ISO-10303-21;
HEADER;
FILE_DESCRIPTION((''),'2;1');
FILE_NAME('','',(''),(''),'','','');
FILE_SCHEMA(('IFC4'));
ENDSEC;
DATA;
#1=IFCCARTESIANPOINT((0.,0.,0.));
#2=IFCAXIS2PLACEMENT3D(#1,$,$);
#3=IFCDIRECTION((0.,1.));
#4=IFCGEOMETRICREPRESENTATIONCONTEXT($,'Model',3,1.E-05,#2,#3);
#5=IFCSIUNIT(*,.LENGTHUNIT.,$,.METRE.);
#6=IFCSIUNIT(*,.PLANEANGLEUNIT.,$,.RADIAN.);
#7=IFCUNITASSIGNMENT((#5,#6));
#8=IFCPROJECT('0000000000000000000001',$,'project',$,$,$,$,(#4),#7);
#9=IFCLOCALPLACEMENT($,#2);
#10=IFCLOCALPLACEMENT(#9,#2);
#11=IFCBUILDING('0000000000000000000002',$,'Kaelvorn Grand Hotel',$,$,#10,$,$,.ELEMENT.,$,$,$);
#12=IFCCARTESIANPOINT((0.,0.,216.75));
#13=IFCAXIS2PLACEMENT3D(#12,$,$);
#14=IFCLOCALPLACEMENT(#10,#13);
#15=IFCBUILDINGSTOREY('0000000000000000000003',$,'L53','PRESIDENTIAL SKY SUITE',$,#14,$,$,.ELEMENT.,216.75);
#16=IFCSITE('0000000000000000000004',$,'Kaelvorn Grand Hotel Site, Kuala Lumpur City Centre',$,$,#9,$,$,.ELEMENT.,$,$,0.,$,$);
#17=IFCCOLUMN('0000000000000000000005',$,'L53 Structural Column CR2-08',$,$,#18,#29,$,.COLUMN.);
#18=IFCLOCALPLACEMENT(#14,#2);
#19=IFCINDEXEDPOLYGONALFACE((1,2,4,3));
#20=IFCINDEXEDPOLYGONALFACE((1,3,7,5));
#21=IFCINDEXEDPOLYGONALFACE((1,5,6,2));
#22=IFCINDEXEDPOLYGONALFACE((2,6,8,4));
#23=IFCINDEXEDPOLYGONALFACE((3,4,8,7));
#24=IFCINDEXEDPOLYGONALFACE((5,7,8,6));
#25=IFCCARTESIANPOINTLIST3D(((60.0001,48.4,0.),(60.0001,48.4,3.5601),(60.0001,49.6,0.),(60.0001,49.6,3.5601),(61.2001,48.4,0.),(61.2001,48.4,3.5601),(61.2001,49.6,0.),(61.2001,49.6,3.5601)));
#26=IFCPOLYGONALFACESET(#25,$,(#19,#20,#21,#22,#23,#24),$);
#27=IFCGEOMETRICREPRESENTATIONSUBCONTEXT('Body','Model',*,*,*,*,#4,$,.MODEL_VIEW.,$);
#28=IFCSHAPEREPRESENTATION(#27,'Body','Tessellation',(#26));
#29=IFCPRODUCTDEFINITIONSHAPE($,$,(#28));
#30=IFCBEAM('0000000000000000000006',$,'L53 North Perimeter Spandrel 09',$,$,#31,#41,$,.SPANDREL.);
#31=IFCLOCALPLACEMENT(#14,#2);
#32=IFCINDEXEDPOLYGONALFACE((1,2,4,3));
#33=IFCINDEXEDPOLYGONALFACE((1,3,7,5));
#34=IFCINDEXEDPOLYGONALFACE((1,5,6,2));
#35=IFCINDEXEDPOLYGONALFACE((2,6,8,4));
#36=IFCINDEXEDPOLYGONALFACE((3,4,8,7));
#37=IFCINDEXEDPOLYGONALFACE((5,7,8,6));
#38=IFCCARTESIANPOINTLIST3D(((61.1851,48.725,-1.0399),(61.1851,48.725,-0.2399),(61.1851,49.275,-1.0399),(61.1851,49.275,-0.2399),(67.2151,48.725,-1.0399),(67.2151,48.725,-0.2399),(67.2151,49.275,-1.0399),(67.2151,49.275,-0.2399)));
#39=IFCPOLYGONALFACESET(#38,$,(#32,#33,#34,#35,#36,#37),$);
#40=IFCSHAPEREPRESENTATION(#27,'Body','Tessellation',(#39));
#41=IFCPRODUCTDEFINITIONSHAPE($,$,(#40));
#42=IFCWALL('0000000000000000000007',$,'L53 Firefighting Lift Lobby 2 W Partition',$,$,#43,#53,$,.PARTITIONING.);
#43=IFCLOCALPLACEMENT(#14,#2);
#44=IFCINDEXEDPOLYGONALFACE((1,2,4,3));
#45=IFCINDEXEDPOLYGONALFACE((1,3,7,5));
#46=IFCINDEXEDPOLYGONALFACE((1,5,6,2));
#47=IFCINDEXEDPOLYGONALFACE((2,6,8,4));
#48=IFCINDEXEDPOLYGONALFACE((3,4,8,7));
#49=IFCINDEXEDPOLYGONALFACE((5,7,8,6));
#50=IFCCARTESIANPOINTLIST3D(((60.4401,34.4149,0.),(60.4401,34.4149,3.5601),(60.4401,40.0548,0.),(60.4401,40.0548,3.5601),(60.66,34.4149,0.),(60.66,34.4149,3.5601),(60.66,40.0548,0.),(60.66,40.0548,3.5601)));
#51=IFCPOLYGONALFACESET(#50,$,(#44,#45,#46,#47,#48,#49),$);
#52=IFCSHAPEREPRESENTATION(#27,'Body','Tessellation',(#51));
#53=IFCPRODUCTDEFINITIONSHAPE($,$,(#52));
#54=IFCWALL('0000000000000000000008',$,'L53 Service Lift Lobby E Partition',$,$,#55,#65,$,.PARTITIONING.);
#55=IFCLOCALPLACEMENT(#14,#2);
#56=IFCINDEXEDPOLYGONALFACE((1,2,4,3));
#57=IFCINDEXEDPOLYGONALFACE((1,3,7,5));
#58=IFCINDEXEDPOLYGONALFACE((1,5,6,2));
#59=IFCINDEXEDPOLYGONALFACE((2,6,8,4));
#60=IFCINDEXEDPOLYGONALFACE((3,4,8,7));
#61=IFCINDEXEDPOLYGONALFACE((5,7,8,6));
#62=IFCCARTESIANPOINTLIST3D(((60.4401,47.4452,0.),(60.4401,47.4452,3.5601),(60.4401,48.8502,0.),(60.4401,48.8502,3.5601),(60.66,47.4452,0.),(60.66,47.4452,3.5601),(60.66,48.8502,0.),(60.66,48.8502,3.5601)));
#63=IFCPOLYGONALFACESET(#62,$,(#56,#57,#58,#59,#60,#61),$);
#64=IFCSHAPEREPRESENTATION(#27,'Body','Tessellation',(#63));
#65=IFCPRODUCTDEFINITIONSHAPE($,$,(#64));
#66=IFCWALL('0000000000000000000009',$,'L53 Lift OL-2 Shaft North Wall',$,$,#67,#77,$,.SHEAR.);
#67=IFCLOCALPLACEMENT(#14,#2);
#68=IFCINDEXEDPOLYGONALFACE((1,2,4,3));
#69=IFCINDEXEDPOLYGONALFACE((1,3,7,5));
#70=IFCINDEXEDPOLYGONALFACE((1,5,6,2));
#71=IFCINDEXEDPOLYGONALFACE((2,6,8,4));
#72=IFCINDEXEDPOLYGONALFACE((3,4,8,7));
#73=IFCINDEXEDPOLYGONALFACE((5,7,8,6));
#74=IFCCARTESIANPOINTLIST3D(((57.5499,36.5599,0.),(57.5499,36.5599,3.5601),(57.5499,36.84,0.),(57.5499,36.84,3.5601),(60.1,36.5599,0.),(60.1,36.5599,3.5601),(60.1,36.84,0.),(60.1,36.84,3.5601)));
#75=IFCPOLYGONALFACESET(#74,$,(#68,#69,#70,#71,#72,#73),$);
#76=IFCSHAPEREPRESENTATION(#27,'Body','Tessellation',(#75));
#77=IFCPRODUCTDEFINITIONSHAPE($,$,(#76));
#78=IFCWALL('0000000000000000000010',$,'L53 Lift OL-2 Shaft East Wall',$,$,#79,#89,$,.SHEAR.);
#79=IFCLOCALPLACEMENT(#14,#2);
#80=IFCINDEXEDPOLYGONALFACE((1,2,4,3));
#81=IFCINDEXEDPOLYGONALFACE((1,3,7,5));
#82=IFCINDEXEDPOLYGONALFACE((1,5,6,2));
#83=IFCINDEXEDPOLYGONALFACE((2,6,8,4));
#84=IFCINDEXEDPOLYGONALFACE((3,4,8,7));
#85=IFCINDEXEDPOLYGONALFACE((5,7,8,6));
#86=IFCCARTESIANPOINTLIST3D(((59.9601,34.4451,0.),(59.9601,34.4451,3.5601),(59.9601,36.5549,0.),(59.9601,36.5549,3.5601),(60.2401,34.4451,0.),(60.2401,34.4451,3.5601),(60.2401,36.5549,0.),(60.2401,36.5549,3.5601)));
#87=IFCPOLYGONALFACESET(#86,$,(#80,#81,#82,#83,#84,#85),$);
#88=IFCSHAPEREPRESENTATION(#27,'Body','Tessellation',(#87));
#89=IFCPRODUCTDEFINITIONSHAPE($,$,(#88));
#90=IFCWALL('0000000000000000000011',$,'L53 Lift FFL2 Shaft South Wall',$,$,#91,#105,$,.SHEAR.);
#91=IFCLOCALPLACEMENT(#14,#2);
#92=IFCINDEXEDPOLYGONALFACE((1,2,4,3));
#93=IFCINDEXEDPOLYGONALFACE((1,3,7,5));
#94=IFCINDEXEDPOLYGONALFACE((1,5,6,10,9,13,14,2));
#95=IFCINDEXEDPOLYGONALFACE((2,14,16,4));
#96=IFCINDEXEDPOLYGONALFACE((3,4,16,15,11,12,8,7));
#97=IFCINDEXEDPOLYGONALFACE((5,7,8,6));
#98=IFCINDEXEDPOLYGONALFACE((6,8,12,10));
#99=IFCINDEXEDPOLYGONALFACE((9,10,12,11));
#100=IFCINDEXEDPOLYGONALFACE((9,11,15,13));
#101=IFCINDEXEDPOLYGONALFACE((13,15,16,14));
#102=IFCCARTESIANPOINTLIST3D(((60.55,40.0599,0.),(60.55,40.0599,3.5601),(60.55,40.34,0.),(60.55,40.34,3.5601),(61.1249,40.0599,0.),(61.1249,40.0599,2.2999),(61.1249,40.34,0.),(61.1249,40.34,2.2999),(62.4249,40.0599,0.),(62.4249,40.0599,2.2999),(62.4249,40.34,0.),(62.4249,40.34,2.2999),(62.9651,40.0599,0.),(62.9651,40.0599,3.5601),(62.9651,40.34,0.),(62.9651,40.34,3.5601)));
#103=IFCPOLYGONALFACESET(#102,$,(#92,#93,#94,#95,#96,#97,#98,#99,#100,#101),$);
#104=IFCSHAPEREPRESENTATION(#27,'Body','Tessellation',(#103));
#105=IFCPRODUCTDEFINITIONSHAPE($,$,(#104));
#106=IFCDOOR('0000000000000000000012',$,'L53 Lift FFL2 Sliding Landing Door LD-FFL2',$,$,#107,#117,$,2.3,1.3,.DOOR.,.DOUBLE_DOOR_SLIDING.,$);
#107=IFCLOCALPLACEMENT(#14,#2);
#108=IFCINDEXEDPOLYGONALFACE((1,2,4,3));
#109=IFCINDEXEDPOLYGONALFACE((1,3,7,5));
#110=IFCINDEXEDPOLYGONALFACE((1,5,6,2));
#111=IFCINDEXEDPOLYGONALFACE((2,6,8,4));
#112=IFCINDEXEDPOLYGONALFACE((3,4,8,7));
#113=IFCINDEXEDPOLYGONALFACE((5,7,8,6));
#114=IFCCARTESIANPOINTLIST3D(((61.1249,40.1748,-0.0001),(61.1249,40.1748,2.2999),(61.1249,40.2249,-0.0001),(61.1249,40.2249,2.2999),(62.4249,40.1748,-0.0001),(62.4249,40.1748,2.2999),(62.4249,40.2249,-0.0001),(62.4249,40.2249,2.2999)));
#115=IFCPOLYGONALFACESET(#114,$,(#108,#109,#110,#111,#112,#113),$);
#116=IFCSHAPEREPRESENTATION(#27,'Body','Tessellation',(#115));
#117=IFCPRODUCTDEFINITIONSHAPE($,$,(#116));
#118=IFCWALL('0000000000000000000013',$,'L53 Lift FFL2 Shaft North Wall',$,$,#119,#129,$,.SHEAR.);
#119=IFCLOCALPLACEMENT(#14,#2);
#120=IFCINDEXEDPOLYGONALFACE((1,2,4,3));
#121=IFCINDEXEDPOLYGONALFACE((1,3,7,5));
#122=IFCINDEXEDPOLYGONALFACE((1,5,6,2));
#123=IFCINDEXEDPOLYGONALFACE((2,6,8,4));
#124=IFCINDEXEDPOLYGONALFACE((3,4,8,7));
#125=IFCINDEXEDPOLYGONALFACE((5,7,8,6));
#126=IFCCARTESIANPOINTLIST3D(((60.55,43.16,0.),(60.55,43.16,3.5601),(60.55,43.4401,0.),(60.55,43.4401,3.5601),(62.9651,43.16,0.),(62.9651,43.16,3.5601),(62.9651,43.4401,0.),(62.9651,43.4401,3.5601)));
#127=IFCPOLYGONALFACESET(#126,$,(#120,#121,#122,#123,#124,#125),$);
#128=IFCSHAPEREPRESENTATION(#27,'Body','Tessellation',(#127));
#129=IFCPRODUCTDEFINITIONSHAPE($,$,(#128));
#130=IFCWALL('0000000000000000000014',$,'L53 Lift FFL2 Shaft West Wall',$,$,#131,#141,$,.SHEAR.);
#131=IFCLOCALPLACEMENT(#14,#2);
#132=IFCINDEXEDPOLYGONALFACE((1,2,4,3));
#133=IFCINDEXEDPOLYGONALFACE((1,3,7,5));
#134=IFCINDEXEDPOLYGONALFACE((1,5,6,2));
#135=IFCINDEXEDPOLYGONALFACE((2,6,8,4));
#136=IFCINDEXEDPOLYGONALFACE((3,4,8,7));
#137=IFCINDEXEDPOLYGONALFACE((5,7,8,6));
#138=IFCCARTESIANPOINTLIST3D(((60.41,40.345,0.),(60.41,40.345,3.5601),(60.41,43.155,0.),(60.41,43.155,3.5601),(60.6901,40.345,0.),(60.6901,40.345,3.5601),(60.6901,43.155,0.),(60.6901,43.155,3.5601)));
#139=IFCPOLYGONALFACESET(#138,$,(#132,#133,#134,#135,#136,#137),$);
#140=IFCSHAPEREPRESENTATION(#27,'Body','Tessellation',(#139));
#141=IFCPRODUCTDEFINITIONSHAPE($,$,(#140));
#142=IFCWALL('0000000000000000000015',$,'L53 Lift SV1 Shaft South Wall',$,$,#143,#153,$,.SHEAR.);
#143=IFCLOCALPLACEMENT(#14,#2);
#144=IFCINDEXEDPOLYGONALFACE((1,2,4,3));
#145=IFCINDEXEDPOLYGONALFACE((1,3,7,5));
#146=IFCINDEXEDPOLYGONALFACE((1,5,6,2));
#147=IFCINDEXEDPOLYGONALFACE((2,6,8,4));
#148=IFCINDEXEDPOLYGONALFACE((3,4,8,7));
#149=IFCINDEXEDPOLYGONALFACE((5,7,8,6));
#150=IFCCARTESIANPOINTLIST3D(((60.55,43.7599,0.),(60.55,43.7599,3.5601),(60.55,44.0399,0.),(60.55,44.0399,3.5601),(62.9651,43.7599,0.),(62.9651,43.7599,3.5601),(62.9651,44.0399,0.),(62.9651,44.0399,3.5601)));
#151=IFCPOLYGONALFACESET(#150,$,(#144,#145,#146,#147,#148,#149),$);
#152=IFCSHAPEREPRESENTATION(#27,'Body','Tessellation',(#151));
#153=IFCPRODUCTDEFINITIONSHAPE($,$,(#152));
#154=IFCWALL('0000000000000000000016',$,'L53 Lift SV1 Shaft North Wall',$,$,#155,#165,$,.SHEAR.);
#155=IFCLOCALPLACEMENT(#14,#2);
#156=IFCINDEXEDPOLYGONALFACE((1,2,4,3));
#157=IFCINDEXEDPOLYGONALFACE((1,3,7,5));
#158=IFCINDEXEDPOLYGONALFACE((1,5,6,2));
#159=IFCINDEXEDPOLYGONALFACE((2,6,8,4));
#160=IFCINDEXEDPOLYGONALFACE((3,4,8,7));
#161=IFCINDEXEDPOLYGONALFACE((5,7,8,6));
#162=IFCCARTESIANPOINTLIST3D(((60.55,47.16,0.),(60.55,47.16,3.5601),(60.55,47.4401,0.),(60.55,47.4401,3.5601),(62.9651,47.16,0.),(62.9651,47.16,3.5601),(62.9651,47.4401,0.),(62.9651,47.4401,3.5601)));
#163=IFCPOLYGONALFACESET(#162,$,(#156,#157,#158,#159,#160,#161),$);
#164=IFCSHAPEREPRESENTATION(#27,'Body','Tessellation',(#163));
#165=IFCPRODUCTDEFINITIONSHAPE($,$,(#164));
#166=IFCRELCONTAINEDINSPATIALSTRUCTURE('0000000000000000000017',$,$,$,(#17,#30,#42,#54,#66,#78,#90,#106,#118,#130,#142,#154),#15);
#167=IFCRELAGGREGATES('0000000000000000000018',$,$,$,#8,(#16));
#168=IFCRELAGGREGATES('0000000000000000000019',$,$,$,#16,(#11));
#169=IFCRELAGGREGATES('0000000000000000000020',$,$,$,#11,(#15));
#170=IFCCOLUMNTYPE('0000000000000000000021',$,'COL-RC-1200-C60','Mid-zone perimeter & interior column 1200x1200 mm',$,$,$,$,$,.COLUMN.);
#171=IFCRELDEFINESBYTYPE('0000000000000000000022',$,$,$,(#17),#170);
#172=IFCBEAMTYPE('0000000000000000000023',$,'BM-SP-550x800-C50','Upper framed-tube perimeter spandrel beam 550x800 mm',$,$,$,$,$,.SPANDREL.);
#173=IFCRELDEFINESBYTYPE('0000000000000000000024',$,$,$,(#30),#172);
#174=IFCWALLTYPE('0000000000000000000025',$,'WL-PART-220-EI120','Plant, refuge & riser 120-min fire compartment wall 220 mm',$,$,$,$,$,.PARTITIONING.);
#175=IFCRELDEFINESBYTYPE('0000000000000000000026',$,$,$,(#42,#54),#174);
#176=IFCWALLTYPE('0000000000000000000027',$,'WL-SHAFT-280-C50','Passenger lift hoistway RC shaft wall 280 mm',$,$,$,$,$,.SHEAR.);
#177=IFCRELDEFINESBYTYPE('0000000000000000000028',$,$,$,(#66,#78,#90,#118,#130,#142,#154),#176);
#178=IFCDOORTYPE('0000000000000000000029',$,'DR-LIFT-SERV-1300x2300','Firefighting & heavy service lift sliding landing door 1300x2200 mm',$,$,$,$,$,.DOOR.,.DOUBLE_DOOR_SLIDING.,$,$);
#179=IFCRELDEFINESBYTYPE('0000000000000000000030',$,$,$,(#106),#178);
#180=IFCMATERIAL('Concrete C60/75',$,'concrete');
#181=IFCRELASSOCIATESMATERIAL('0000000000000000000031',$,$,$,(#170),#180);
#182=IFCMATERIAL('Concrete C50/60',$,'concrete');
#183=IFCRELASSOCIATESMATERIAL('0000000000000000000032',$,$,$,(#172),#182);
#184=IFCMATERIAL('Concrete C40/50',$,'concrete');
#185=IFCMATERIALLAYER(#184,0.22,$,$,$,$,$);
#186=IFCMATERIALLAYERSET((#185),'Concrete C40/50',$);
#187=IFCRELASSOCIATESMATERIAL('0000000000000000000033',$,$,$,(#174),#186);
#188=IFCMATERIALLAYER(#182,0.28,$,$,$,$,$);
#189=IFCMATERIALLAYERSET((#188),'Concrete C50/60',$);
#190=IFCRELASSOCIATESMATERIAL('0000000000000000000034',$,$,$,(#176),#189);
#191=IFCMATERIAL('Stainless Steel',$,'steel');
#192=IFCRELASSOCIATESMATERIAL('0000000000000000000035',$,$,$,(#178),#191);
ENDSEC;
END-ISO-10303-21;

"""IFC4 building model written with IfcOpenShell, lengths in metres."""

from ifc_helpers import new_model, si_unit, direction, frame, frame_2d, origin, origin_2d, place, context, subcontext, project, spatial, rectangle, extrude, material, layer, layer_set, material_profile, profile_set, type_object, element, fill, save


model = new_model("IFC4")

# Units and contexts
model_context = context("Model", 3, precision=1e-05, world=origin(), true_north=direction((0.0, 1.0)))
body_context = subcontext(model_context, "Body", "Model", "MODEL_VIEW")
ifc_project = project(units=[si_unit("LENGTHUNIT", "METRE"), si_unit("PLANEANGLEUNIT", "RADIAN")], contexts=[model_context])

# Site, building, storey
site_placement = place(None, origin())
site = spatial("IfcSite", under=ifc_project, at=site_placement, Name="Kaelvorn Grand Hotel Site, Kuala Lumpur City Centre", CompositionType="ELEMENT", RefElevation=0.0)
building_placement = place(site_placement, origin())
building = spatial("IfcBuilding", under=site, at=building_placement, Name="Kaelvorn Grand Hotel", CompositionType="ELEMENT")
storey_placement = place(building_placement, frame((0.0, 0.0, 216.75)))
storey = spatial("IfcBuildingStorey", under=building, at=storey_placement, Name="L53", Description="PRESIDENTIAL SKY SUITE", CompositionType="ELEMENT", Elevation=216.75)

# Column
ifc_material_1 = material(Name="Concrete C60/75", Category="concrete")
ifc_material_profile_1 = material_profile(ifc_material_1, rectangle(XDim=1.2, YDim=1.2, at=origin_2d()), Name="RC COL 1200x1200")
ifc_profile_set_1 = profile_set([ifc_material_profile_1], Name="Concrete C60/75")
column_type = type_object("IfcColumnType", Name="COL-RC-1200-C60", Description="Mid-zone perimeter & interior column 1200x1200 mm", PredefinedType="COLUMN", material=ifc_profile_set_1)
column_placement = place(storey_placement, frame((60.6001, 49.0, 0.0), z_axis=(0.0, 0.0, 1.0), x_axis=(1.0, 0.0, 0.0)))
element("IfcColumn", 1, at=column_placement, inside=storey, type_object=column_type, Name="L53 Structural Column CR2-08", PredefinedType="COLUMN", context=body_context, shape_type="SweptSolid", body=[
    extrude(rectangle(XDim=1.2, YDim=1.2, at=origin_2d()), origin(), (0.0, 0.0, 1.0), 3.5601),
])

# Beam
ifc_material_2 = material(Name="Concrete C50/60", Category="concrete")
ifc_material_profile_2 = material_profile(ifc_material_2, rectangle(XDim=0.55, YDim=0.8, at=origin_2d()), Name="RC SPANDREL 550x800")
ifc_profile_set_2 = profile_set([ifc_material_profile_2], Name="Concrete C50/60")
beam_type = type_object("IfcBeamType", Name="BM-SP-550x800-C50", Description="Upper framed-tube perimeter spandrel beam 550x800 mm", PredefinedType="SPANDREL", material=ifc_profile_set_2)
beam_placement = place(storey_placement, frame((61.1851, 49.0, -0.6399), z_axis=(1.0, 0.0, 0.0), x_axis=(0.0, 1.0, 0.0)))
element("IfcBeam", 2, at=beam_placement, inside=storey, type_object=beam_type, Name="L53 North Perimeter Spandrel 09", PredefinedType="SPANDREL", context=body_context, shape_type="SweptSolid", body=[
    extrude(rectangle(XDim=0.55, YDim=0.8, at=origin_2d()), origin(), (0.0, 0.0, 1.0), 6.03),
])

# Shared definitions
ifc_material_3 = material(Name="Concrete C40/50", Category="concrete")
ifc_layer_1 = layer(ifc_material_3, 0.22)
ifc_layer_set_1 = layer_set([ifc_layer_1], Name="Concrete C40/50")
wall_type_1 = type_object("IfcWallType", Name="WL-PART-220-EI120", Description="Plant, refuge & riser 120-min fire compartment wall 220 mm", PredefinedType="PARTITIONING", material=ifc_layer_set_1)

# Walls
wall_1_placement = place(storey_placement, frame((60.55, 34.415, 0.0), z_axis=(0.0, 0.0, 1.0), x_axis=(0.0, 1.0, 0.0)))
element("IfcWall", 3, at=wall_1_placement, inside=storey, type_object=wall_type_1, Name="L53 Firefighting Lift Lobby 2 W Partition", PredefinedType="PARTITIONING", context=body_context, shape_type="SweptSolid", body=[
    extrude(rectangle(XDim=5.6399, YDim=0.22, at=frame_2d((2.8198, 0.0))), origin(), (0.0, 0.0, 1.0), 3.5601),
])
wall_2_placement = place(storey_placement, frame((60.55, 47.4451, 0.0), z_axis=(0.0, 0.0, 1.0), x_axis=(0.0, 1.0, 0.0)))
element("IfcWall", 4, at=wall_2_placement, inside=storey, type_object=wall_type_1, Name="L53 Service Lift Lobby E Partition", PredefinedType="PARTITIONING", context=body_context, shape_type="SweptSolid", body=[
    extrude(rectangle(XDim=1.405, YDim=0.22, at=frame_2d((0.7026, 0.0))), origin(), (0.0, 0.0, 1.0), 3.5601),
])
ifc_layer_2 = layer(ifc_material_2, 0.28)
ifc_layer_set_2 = layer_set([ifc_layer_2], Name="Concrete C50/60")
wall_type_2 = type_object("IfcWallType", Name="WL-SHAFT-280-C50", Description="Passenger lift hoistway RC shaft wall 280 mm", PredefinedType="SHEAR", material=ifc_layer_set_2)
wall_3_placement = place(storey_placement, frame((57.55, 36.7, 0.0), z_axis=(0.0, 0.0, 1.0), x_axis=(1.0, 0.0, 0.0)))
element("IfcWall", 5, at=wall_3_placement, inside=storey, type_object=wall_type_2, Name="L53 Lift OL-2 Shaft North Wall", PredefinedType="SHEAR", context=body_context, shape_type="SweptSolid", body=[
    extrude(rectangle(XDim=2.55, YDim=0.28, at=frame_2d((1.2749, 0.0))), origin(), (0.0, 0.0, 1.0), 3.5601),
])
wall_4_placement = place(storey_placement, frame((60.1001, 34.4451, 0.0), z_axis=(0.0, 0.0, 1.0), x_axis=(0.0, 1.0, 0.0)))
element("IfcWall", 6, at=wall_4_placement, inside=storey, type_object=wall_type_2, Name="L53 Lift OL-2 Shaft East Wall", PredefinedType="SHEAR", context=body_context, shape_type="SweptSolid", body=[
    extrude(rectangle(XDim=2.1099, YDim=0.28, at=frame_2d((1.0549, 0.0))), origin(), (0.0, 0.0, 1.0), 3.5601),
])

# Wall, opening, door
wall_5_placement = place(storey_placement, frame((60.55, 40.2, 0.0), z_axis=(0.0, 0.0, 1.0), x_axis=(1.0, 0.0, 0.0)))
wall_5 = element("IfcWall", 7, at=wall_5_placement, inside=storey, type_object=wall_type_2, Name="L53 Lift FFL2 Shaft South Wall", PredefinedType="SHEAR", context=body_context, shape_type="SweptSolid", body=[
    extrude(rectangle(XDim=2.415, YDim=0.28, at=frame_2d((1.2075, 0.0))), origin(), (0.0, 0.0, 1.0), 3.5601),
])
opening_1_placement = place(wall_5_placement, frame((0.575, 0.0, 0.0)))
opening_1 = element("IfcOpeningElement", 8, at=opening_1_placement, cuts=wall_5, PredefinedType="OPENING", context=body_context, shape_type="SweptSolid", body=[
    extrude(rectangle(XDim=1.3, YDim=2.3, at=frame_2d((0.6499, 1.1499))), frame((0.0, 0.1499, 0.0), z_axis=(0.0, -1.0, 0.0), x_axis=(1.0, 0.0, 0.0)), (0.0, 0.0, 1.0), 0.3),
])
ifc_material_4 = material(Name="Stainless Steel", Category="steel")
door_type_1 = type_object("IfcDoorType", Name="DR-LIFT-SERV-1300x2300", Description="Firefighting & heavy service lift sliding landing door 1300x2200 mm", OperationType="DOUBLE_DOOR_SLIDING", PredefinedType="DOOR", material=ifc_material_4)
door_1_placement = place(opening_1_placement, origin())
door_1 = element("IfcDoor", 9, at=door_1_placement, inside=storey, type_object=door_type_1, Name="L53 Lift FFL2 Sliding Landing Door LD-FFL2", OperationType="DOUBLE_DOOR_SLIDING", OverallHeight=2.3, OverallWidth=1.3, PredefinedType="DOOR", context=body_context, shape_type="SweptSolid", body=[
    extrude(rectangle(XDim=1.3, YDim=2.3, at=frame_2d((0.6499, 1.1499))), frame((0.0, 0.0249, 0.0), z_axis=(0.0, -1.0, 0.0), x_axis=(1.0, 0.0, 0.0)), (0.0, 0.0, 1.0), 0.05),
])
fill(opening_1, door_1)

# Walls
wall_6_placement = place(storey_placement, frame((60.55, 43.3, 0.0), z_axis=(0.0, 0.0, 1.0), x_axis=(1.0, 0.0, 0.0)))
element("IfcWall", 10, at=wall_6_placement, inside=storey, type_object=wall_type_2, Name="L53 Lift FFL2 Shaft North Wall", PredefinedType="SHEAR", context=body_context, shape_type="SweptSolid", body=[
    extrude(rectangle(XDim=2.415, YDim=0.28, at=frame_2d((1.2075, 0.0))), origin(), (0.0, 0.0, 1.0), 3.5601),
])
wall_7_placement = place(storey_placement, frame((60.55, 40.345, 0.0), z_axis=(0.0, 0.0, 1.0), x_axis=(0.0, 1.0, 0.0)))
element("IfcWall", 11, at=wall_7_placement, inside=storey, type_object=wall_type_2, Name="L53 Lift FFL2 Shaft West Wall", PredefinedType="SHEAR", context=body_context, shape_type="SweptSolid", body=[
    extrude(rectangle(XDim=2.8101, YDim=0.28, at=frame_2d((1.405, 0.0))), origin(), (0.0, 0.0, 1.0), 3.5601),
])
for number, where, z_axis, x_axis, name in (
    (12, (60.55, 43.8999, 0.0), (0.0, 0.0, 1.0), (1.0, 0.0, 0.0), "L53 Lift SV1 Shaft South Wall"),
    (13, (60.55, 47.3, 0.0), (0.0, 0.0, 1.0), (1.0, 0.0, 0.0), "L53 Lift SV1 Shaft North Wall"),
):
    element("IfcWall", number, at=place(storey_placement, frame(where, z_axis=z_axis, x_axis=x_axis)), inside=storey, type_object=wall_type_2, Name=name, PredefinedType="SHEAR", context=body_context, shape_type="SweptSolid", body=[
        extrude(rectangle(XDim=2.415, YDim=0.28, at=frame_2d((1.2075, 0.0))), origin(), (0.0, 0.0, 1.0), 3.5601),
    ])

save(model, "model.ifc")
